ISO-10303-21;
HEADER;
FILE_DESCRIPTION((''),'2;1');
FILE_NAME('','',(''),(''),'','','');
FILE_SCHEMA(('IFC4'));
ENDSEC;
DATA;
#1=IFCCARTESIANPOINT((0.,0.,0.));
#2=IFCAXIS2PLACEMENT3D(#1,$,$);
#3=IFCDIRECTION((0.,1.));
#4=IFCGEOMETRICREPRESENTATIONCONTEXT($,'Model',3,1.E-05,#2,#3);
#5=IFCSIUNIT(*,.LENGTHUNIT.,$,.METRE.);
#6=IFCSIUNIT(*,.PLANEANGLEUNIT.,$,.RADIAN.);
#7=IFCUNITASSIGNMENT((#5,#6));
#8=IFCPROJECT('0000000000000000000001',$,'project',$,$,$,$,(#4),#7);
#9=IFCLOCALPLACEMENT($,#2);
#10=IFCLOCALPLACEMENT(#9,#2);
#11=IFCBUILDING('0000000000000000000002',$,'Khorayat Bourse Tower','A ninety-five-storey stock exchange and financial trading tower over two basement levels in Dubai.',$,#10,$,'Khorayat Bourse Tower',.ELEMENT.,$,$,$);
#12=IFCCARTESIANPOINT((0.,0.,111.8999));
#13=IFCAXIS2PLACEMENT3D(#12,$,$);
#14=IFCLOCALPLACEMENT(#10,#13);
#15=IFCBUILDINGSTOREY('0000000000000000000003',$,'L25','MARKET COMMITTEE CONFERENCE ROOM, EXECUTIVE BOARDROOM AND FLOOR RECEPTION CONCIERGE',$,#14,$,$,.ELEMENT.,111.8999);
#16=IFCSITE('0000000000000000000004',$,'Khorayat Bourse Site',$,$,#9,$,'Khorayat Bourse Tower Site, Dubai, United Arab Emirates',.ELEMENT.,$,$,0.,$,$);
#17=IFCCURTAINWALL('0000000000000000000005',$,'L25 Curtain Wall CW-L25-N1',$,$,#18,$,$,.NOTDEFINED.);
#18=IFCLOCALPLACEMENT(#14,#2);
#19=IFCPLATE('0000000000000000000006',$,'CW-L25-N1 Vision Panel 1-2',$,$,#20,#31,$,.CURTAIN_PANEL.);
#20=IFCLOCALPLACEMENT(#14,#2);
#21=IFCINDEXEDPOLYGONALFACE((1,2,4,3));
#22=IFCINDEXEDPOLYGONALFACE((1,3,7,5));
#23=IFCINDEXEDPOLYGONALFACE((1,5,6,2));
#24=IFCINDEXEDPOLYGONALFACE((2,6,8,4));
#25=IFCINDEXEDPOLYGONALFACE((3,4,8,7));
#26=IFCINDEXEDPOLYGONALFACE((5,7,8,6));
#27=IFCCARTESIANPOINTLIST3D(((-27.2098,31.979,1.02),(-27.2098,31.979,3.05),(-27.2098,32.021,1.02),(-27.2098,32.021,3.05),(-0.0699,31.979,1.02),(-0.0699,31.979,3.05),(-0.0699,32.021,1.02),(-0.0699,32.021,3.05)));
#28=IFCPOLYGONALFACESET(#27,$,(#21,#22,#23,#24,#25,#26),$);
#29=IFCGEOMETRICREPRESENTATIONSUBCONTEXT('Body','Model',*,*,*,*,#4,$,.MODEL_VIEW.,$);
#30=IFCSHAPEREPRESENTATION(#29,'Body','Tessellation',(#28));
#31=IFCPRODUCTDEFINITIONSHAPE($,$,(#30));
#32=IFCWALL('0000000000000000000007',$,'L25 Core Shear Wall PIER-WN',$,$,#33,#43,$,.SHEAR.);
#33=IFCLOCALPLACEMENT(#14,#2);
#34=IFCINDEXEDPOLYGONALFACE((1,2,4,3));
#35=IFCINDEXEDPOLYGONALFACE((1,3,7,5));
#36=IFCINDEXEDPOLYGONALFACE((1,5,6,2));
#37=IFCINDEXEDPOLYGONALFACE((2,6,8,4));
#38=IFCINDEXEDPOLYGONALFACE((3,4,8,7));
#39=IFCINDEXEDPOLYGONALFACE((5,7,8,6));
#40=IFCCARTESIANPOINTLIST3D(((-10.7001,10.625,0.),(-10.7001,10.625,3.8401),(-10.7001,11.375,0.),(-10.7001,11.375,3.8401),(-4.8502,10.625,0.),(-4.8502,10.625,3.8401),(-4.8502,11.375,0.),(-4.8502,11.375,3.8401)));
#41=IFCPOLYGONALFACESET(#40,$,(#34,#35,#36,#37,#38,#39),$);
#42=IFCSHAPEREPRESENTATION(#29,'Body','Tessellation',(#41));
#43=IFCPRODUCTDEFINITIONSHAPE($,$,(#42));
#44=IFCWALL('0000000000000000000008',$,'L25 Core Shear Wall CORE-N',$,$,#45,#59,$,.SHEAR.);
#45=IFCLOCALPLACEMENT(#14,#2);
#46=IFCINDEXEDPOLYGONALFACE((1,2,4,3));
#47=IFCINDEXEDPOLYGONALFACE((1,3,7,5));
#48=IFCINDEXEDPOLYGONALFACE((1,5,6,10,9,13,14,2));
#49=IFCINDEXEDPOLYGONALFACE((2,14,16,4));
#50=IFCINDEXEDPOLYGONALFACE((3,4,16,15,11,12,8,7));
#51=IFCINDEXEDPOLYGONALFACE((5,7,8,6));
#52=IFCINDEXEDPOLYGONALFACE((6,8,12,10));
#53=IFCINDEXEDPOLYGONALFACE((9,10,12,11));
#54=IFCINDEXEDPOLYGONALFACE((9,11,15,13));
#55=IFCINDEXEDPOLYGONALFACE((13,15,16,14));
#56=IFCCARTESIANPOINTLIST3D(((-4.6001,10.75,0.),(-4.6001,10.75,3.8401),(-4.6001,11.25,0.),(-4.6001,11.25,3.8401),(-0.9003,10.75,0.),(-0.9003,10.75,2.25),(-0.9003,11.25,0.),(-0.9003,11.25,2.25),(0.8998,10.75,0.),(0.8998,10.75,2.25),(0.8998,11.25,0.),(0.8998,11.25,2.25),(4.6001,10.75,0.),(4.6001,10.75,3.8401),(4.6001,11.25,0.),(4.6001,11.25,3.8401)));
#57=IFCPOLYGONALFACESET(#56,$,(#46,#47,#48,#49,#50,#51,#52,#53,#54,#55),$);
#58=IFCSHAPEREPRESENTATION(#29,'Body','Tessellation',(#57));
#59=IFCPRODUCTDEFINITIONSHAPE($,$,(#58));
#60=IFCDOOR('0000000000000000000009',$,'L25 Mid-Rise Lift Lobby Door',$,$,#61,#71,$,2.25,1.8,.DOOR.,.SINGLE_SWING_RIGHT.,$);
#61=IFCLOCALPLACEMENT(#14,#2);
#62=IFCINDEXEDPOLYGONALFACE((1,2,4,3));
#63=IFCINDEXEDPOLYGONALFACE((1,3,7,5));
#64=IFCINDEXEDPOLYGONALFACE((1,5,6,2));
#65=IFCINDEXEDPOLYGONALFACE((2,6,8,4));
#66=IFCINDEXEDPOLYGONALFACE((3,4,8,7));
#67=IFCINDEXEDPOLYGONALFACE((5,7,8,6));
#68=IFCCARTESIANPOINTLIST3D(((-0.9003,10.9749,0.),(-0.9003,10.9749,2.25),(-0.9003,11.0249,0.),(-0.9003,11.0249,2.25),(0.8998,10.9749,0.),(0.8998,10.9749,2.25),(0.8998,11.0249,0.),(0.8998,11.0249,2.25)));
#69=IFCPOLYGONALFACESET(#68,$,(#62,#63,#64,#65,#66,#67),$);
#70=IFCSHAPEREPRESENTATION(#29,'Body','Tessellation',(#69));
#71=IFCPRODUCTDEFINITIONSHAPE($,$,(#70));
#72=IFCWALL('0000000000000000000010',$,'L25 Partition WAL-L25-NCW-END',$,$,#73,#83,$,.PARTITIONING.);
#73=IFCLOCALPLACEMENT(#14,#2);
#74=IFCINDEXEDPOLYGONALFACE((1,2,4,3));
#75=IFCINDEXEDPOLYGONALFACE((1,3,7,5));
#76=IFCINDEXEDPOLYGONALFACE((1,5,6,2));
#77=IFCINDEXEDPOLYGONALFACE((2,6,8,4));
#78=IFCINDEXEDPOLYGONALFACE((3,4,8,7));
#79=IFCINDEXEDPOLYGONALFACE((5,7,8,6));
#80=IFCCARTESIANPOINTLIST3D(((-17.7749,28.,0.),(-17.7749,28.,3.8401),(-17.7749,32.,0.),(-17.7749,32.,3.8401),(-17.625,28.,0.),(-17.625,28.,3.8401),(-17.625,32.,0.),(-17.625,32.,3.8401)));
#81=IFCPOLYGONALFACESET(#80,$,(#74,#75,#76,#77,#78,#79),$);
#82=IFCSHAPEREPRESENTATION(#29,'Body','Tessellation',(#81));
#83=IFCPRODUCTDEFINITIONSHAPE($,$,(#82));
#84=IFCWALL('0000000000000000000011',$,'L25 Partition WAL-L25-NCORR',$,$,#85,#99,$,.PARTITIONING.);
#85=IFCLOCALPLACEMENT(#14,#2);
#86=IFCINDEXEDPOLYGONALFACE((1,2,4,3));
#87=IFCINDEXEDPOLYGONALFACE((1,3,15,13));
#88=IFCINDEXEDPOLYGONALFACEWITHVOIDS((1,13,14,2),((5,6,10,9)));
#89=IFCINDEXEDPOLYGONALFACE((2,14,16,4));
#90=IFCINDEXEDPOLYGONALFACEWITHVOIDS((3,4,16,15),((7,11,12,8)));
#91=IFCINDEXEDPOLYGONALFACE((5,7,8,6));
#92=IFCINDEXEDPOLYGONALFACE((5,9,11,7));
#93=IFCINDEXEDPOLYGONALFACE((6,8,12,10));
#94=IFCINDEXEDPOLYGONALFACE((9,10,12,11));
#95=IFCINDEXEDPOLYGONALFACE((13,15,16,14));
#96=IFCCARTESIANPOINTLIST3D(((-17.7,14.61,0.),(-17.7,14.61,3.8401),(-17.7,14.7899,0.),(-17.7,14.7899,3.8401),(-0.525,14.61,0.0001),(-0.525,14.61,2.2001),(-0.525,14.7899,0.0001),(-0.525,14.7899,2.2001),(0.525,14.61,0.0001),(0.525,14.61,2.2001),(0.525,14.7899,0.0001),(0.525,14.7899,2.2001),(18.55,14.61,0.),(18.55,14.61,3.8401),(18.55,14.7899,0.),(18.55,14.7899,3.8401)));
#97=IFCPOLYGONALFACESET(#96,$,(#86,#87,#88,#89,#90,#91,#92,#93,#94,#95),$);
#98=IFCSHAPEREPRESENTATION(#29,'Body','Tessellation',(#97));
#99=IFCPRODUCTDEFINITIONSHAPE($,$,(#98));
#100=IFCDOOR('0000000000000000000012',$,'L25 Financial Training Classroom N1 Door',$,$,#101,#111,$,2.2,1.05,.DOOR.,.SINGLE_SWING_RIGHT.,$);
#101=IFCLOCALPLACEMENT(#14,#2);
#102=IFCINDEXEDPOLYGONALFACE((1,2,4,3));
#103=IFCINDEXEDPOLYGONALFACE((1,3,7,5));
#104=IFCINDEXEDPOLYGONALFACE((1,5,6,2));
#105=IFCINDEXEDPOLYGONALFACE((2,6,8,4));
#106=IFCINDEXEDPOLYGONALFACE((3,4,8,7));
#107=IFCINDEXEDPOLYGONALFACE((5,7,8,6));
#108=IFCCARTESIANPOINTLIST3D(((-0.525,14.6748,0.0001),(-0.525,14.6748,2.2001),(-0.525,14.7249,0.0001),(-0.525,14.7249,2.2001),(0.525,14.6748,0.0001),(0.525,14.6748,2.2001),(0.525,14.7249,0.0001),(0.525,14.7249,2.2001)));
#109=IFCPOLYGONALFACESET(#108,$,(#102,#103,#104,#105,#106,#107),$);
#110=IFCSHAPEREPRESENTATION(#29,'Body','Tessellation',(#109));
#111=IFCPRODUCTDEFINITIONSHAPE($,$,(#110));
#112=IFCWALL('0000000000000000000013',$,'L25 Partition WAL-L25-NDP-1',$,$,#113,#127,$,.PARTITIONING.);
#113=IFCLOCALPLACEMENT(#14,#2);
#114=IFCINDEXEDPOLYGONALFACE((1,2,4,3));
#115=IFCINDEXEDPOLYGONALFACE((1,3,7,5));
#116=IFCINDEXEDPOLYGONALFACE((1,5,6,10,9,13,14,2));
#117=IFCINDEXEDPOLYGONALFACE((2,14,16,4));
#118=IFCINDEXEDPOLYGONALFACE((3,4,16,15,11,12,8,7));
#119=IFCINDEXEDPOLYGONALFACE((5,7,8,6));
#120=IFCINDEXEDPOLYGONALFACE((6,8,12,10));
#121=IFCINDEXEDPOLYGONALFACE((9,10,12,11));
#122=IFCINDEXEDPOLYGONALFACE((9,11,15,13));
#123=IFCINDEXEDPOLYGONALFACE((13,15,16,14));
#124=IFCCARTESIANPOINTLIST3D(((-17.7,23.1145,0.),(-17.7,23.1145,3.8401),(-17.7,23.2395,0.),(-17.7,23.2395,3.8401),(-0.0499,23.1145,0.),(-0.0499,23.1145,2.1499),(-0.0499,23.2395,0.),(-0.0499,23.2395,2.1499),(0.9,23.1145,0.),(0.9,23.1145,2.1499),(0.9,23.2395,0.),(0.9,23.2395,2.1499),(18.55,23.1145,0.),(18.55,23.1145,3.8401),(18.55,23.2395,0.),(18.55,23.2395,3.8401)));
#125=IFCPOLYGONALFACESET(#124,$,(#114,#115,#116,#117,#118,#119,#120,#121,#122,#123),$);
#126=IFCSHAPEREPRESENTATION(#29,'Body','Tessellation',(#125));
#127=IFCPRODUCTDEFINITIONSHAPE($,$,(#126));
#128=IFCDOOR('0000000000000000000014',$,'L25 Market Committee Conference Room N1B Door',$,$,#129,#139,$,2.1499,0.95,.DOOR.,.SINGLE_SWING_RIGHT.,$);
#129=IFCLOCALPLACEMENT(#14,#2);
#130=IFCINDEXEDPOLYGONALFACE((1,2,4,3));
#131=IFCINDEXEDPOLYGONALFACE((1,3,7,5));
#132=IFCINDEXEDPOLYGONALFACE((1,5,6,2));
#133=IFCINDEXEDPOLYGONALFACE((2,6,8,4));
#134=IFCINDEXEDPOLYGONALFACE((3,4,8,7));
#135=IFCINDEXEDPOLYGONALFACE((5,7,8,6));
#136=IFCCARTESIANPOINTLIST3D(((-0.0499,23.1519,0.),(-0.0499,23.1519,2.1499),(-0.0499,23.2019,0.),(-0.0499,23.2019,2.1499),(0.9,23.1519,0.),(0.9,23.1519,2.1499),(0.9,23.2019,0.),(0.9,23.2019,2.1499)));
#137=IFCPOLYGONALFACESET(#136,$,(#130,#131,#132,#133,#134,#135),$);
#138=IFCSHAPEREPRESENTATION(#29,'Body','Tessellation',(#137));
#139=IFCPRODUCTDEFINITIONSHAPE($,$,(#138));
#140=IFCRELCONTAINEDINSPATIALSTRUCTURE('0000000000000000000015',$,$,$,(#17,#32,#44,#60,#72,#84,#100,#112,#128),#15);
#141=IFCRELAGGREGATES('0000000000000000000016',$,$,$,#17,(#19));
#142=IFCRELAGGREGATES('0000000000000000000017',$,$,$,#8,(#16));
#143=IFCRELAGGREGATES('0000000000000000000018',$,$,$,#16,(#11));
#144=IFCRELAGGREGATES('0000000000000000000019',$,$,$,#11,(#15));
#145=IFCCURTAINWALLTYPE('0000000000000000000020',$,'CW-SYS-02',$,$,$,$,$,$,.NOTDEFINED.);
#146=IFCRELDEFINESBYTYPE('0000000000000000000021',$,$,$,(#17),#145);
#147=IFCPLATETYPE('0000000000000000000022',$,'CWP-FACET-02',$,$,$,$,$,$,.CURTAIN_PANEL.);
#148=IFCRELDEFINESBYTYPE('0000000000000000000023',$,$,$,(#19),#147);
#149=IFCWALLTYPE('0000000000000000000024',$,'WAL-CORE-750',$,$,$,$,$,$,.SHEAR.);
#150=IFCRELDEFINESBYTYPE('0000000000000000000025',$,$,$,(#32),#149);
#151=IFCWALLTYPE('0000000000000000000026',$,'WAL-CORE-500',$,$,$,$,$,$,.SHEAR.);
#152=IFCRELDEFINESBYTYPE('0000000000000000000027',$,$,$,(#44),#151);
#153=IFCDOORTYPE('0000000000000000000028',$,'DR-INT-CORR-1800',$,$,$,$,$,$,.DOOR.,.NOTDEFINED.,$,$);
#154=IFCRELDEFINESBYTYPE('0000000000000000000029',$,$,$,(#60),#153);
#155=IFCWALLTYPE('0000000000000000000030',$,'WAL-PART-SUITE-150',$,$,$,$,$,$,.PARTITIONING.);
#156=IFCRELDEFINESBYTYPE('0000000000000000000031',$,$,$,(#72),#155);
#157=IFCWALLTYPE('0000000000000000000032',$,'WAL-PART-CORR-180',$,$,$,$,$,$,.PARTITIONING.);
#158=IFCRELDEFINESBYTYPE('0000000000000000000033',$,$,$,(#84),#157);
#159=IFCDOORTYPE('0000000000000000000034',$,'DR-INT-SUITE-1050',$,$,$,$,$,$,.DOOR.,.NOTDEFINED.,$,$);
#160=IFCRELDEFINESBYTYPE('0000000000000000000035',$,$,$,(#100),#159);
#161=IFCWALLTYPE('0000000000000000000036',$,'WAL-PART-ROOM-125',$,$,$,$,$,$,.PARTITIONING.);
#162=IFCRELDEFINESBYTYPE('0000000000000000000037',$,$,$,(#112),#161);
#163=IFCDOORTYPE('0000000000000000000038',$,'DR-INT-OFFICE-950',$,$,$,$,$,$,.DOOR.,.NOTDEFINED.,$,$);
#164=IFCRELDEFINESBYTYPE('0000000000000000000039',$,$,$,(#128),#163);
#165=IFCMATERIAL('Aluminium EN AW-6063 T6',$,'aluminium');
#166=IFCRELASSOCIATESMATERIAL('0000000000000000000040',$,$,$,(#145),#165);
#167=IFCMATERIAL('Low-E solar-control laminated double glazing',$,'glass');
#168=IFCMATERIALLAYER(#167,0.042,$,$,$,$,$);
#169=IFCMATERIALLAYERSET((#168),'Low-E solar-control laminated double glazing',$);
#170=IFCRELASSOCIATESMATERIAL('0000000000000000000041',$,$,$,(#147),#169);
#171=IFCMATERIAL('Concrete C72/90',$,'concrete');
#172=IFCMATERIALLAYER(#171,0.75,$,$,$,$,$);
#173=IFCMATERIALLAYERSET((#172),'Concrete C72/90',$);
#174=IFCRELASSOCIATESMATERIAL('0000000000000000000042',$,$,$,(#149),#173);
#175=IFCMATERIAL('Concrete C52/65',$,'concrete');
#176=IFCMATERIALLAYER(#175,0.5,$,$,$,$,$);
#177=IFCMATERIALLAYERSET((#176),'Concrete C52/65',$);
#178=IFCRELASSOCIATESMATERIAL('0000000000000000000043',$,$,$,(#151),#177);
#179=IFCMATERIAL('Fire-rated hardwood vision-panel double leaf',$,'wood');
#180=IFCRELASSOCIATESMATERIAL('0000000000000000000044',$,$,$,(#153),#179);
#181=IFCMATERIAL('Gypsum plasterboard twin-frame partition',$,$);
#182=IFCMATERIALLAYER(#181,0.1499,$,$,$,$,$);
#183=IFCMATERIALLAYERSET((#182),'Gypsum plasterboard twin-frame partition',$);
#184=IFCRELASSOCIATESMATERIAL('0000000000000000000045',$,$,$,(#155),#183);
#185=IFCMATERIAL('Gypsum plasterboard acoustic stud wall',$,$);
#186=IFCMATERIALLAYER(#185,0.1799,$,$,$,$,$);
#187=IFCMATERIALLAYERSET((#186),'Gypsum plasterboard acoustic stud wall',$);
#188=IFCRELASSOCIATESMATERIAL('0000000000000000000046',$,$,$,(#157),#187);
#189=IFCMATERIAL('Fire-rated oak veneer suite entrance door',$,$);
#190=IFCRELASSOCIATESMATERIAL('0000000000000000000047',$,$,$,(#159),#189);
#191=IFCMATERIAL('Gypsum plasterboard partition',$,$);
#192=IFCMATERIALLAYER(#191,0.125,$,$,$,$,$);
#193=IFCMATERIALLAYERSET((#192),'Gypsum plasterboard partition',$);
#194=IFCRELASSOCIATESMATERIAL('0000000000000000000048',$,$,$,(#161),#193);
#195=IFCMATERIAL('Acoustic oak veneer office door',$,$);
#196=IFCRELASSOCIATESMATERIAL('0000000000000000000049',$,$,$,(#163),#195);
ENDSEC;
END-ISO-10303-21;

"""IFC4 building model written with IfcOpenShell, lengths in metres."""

from ifc_helpers import new_model, si_unit, direction, frame, frame_2d, origin, origin_2d, place, context, subcontext, project, spatial, rectangle, extrude, source, transform, mapped, material, layer, layer_set, type_object, element, fill, aggregate, save


model = new_model("IFC4")

# Units and contexts
model_context = context("Model", 3, precision=1e-05, world=origin(), true_north=direction((0.0, 1.0)))
body_context = subcontext(model_context, "Body", "Model", "MODEL_VIEW")
ifc_project = project(units=[si_unit("LENGTHUNIT", "METRE"), si_unit("PLANEANGLEUNIT", "RADIAN")], contexts=[model_context])

# Site, building, storey
site_placement = place(None, origin())
site = spatial("IfcSite", under=ifc_project, at=site_placement, Name="Khorayat Bourse Site", LongName="Khorayat Bourse Tower Site, Dubai, United Arab Emirates", CompositionType="ELEMENT", RefElevation=0.0)
building_placement = place(site_placement, origin())
building = spatial("IfcBuilding", under=site, at=building_placement, Name="Khorayat Bourse Tower", Description="A ninety-five-storey stock exchange and financial trading tower over two basement levels in Dubai.", LongName="Khorayat Bourse Tower", CompositionType="ELEMENT")
storey_placement = place(building_placement, frame((0.0, 0.0, 111.8999)))
storey = spatial("IfcBuildingStorey", under=building, at=storey_placement, Name="L25", Description="MARKET COMMITTEE CONFERENCE ROOM, EXECUTIVE BOARDROOM AND FLOOR RECEPTION CONCIERGE", CompositionType="ELEMENT", Elevation=111.8999)

# Shared definitions
ifc_material_1 = material(Name="Concrete C72/90", Category="concrete")

# Curtain wall
ifc_material_2 = material(Name="Aluminium EN AW-6063 T6", Category="aluminium")
curtain_wall_type = type_object("IfcCurtainWallType", Name="CW-SYS-02", PredefinedType="NOTDEFINED", material=ifc_material_2)
curtain_wall_placement = place(storey_placement, origin())
curtain_wall = element("IfcCurtainWall", 1, at=curtain_wall_placement, inside=storey, type_object=curtain_wall_type, Name="L25 Curtain Wall CW-L25-N1", PredefinedType="NOTDEFINED")

# Plate
ifc_material_3 = material(Name="Low-E solar-control laminated double glazing", Category="glass")
ifc_layer_1 = layer(ifc_material_3, 0.042)
ifc_layer_set_1 = layer_set([ifc_layer_1], Name="Low-E solar-control laminated double glazing")
plate_type_1 = type_object("IfcPlateType", Name="CWP-FACET-02", PredefinedType="CURTAIN_PANEL", material=ifc_layer_set_1)
shared_shape_1 = source(origin(), body_context, "Body", "SweptSolid", [
    extrude(rectangle(XDim=27.1399, YDim=0.042, at=origin_2d()), origin(), (0.0, 0.0, 1.0), 2.03),
])
plate_1_placement = place(storey_placement, frame((-13.6399, 32.0, 1.02), z_axis=(0.0, 0.0, 1.0), x_axis=(1.0, 0.0, 0.0)))
plate_1 = element("IfcPlate", 2, at=plate_1_placement, type_object=plate_type_1, Name="CW-L25-N1 Vision Panel 1-2", PredefinedType="CURTAIN_PANEL", context=body_context, shape_type="MappedRepresentation", body=[
    mapped(shared_shape_1, transform((0.0, 0.0, 0.0), scale=1.0)),
])
aggregate(curtain_wall, [plate_1])

# Wall
ifc_layer_2 = layer(ifc_material_1, 0.75)
ifc_layer_set_2 = layer_set([ifc_layer_2], Name="Concrete C72/90")
wall_type_1 = type_object("IfcWallType", Name="WAL-CORE-750", PredefinedType="SHEAR", material=ifc_layer_set_2)
shared_shape_2 = source(origin(), body_context, "Body", "SweptSolid", [
    extrude(rectangle(XDim=5.8499, YDim=0.75, at=frame_2d((2.9248, 0.0))), origin(), (0.0, 0.0, 1.0), 3.8401),
])
wall_1_placement = place(storey_placement, frame((-10.7, 11.0, 0.0), z_axis=(0.0, 0.0, 1.0), x_axis=(1.0, 0.0, 0.0)))
element("IfcWall", 3, at=wall_1_placement, inside=storey, type_object=wall_type_1, Name="L25 Core Shear Wall PIER-WN", PredefinedType="SHEAR", context=body_context, shape_type="MappedRepresentation", body=[
    mapped(shared_shape_2, transform((0.0, 0.0, 0.0), scale=1.0)),
])

# Wall, opening, door
ifc_material_4 = material(Name="Concrete C52/65", Category="concrete")
ifc_layer_3 = layer(ifc_material_4, 0.5)
ifc_layer_set_3 = layer_set([ifc_layer_3], Name="Concrete C52/65")
wall_type_2 = type_object("IfcWallType", Name="WAL-CORE-500", PredefinedType="SHEAR", material=ifc_layer_set_3)
shared_shape_3 = source(origin(), body_context, "Body", "SweptSolid", [
    extrude(rectangle(XDim=9.2002, YDim=0.5, at=frame_2d((4.6001, 0.0))), origin(), (0.0, 0.0, 1.0), 3.8401),
])
wall_2_placement = place(storey_placement, frame((-4.6001, 11.0, 0.0), z_axis=(0.0, 0.0, 1.0), x_axis=(1.0, 0.0, 0.0)))
wall_2 = element("IfcWall", 4, at=wall_2_placement, inside=storey, type_object=wall_type_2, Name="L25 Core Shear Wall CORE-N", PredefinedType="SHEAR", context=body_context, shape_type="MappedRepresentation", body=[
    mapped(shared_shape_3, transform((0.0, 0.0, 0.0), scale=1.0)),
])
shared_shape_4 = source(origin(), body_context, "Body", "SweptSolid", [
    extrude(rectangle(XDim=1.8, YDim=2.25, at=frame_2d((0.8999, 1.125))), frame((0.0, 0.26, 0.0), z_axis=(0.0, -1.0, 0.0), x_axis=(1.0, 0.0, 0.0)), (0.0, 0.0, 1.0), 0.52),
])
opening_1_placement = place(wall_2_placement, frame((3.7, 0.0, 0.0)))
opening_1 = element("IfcOpeningElement", 5, at=opening_1_placement, cuts=wall_2, PredefinedType="OPENING", context=body_context, shape_type="MappedRepresentation", body=[
    mapped(shared_shape_4, transform((0.0, 0.0, 0.0), scale=1.0)),
])
ifc_material_5 = material(Name="Fire-rated hardwood vision-panel double leaf", Category="wood")
door_type_1 = type_object("IfcDoorType", Name="DR-INT-CORR-1800", OperationType="NOTDEFINED", PredefinedType="DOOR", material=ifc_material_5)
shared_shape_5 = source(origin(), body_context, "Body", "SweptSolid", [
    extrude(rectangle(XDim=1.8, YDim=2.25, at=frame_2d((0.8999, 1.125))), frame((0.0, 0.0249, 0.0), z_axis=(0.0, -1.0, 0.0), x_axis=(1.0, 0.0, 0.0)), (0.0, 0.0, 1.0), 0.05),
])
door_1_placement = place(opening_1_placement, origin())
door_1 = element("IfcDoor", 6, at=door_1_placement, inside=storey, type_object=door_type_1, Name="L25 Mid-Rise Lift Lobby Door", OperationType="SINGLE_SWING_RIGHT", OverallHeight=2.25, OverallWidth=1.8, PredefinedType="DOOR", context=body_context, shape_type="MappedRepresentation", body=[
    mapped(shared_shape_5, transform((0.0, 0.0, 0.0), scale=1.0)),
])
fill(opening_1, door_1)

# Wall
ifc_material_6 = material(Name="Gypsum plasterboard twin-frame partition")
ifc_layer_4 = layer(ifc_material_6, 0.1499)
ifc_layer_set_4 = layer_set([ifc_layer_4], Name="Gypsum plasterboard twin-frame partition")
wall_type_3 = type_object("IfcWallType", Name="WAL-PART-SUITE-150", PredefinedType="PARTITIONING", material=ifc_layer_set_4)
shared_shape_6 = source(origin(), body_context, "Body", "SweptSolid", [
    extrude(rectangle(XDim=4.0, YDim=0.1499, at=frame_2d((2.0, 0.0))), origin(), (0.0, 0.0, 1.0), 3.8401),
])
wall_3_placement = place(storey_placement, frame((-17.7, 28.0, 0.0), z_axis=(0.0, 0.0, 1.0), x_axis=(0.0, 1.0, 0.0)))
element("IfcWall", 7, at=wall_3_placement, inside=storey, type_object=wall_type_3, Name="L25 Partition WAL-L25-NCW-END", PredefinedType="PARTITIONING", context=body_context, shape_type="MappedRepresentation", body=[
    mapped(shared_shape_6, transform((0.0, 0.0, 0.0), scale=1.0)),
])

# Walls, openings, doors
ifc_material_7 = material(Name="Gypsum plasterboard acoustic stud wall")
ifc_layer_5 = layer(ifc_material_7, 0.1799)
ifc_layer_set_5 = layer_set([ifc_layer_5], Name="Gypsum plasterboard acoustic stud wall")
wall_type_4 = type_object("IfcWallType", Name="WAL-PART-CORR-180", PredefinedType="PARTITIONING", material=ifc_layer_set_5)
shared_shape_7 = source(origin(), body_context, "Body", "SweptSolid", [
    extrude(rectangle(XDim=36.25, YDim=0.1799, at=frame_2d((18.125, 0.0))), origin(), (0.0, 0.0, 1.0), 3.8401),
])
wall_4_placement = place(storey_placement, frame((-17.7, 14.7, 0.0), z_axis=(0.0, 0.0, 1.0), x_axis=(1.0, 0.0, 0.0)))
wall_4 = element("IfcWall", 8, at=wall_4_placement, inside=storey, type_object=wall_type_4, Name="L25 Partition WAL-L25-NCORR", PredefinedType="PARTITIONING", context=body_context, shape_type="MappedRepresentation", body=[
    mapped(shared_shape_7, transform((0.0, 0.0, 0.0), scale=1.0)),
])
shared_shape_8 = source(origin(), body_context, "Body", "SweptSolid", [
    extrude(rectangle(XDim=1.05, YDim=2.2, at=frame_2d((0.5249, 1.1001))), frame((0.0, 0.0999, 0.0), z_axis=(0.0, -1.0, 0.0), x_axis=(1.0, 0.0, 0.0)), (0.0, 0.0, 1.0), 0.2),
])
opening_2_placement = place(wall_4_placement, frame((17.175, 0.0, 0.0)))
opening_2 = element("IfcOpeningElement", 9, at=opening_2_placement, cuts=wall_4, PredefinedType="OPENING", context=body_context, shape_type="MappedRepresentation", body=[
    mapped(shared_shape_8, transform((0.0, 0.0, 0.0), scale=1.0)),
])
ifc_material_8 = material(Name="Fire-rated oak veneer suite entrance door")
door_type_2 = type_object("IfcDoorType", Name="DR-INT-SUITE-1050", OperationType="NOTDEFINED", PredefinedType="DOOR", material=ifc_material_8)
shared_shape_9 = source(origin(), body_context, "Body", "SweptSolid", [
    extrude(rectangle(XDim=1.05, YDim=2.2, at=frame_2d((0.5249, 1.1001))), frame((0.0, 0.0249, 0.0), z_axis=(0.0, -1.0, 0.0), x_axis=(1.0, 0.0, 0.0)), (0.0, 0.0, 1.0), 0.05),
])
door_2_placement = place(opening_2_placement, origin())
door_2 = element("IfcDoor", 10, at=door_2_placement, inside=storey, type_object=door_type_2, Name="L25 Financial Training Classroom N1 Door", OperationType="SINGLE_SWING_RIGHT", OverallHeight=2.2, OverallWidth=1.05, PredefinedType="DOOR", context=body_context, shape_type="MappedRepresentation", body=[
    mapped(shared_shape_9, transform((0.0, 0.0, 0.0), scale=1.0)),
])
fill(opening_2, door_2)
ifc_material_9 = material(Name="Gypsum plasterboard partition")
ifc_layer_6 = layer(ifc_material_9, 0.125)
ifc_layer_set_6 = layer_set([ifc_layer_6], Name="Gypsum plasterboard partition")
wall_type_5 = type_object("IfcWallType", Name="WAL-PART-ROOM-125", PredefinedType="PARTITIONING", material=ifc_layer_set_6)
shared_shape_10 = source(origin(), body_context, "Body", "SweptSolid", [
    extrude(rectangle(XDim=36.25, YDim=0.125, at=frame_2d((18.125, 0.0))), origin(), (0.0, 0.0, 1.0), 3.8401),
])
wall_5_placement = place(storey_placement, frame((-17.7, 23.177, 0.0), z_axis=(0.0, 0.0, 1.0), x_axis=(1.0, 0.0, 0.0)))
wall_5 = element("IfcWall", 11, at=wall_5_placement, inside=storey, type_object=wall_type_5, Name="L25 Partition WAL-L25-NDP-1", PredefinedType="PARTITIONING", context=body_context, shape_type="MappedRepresentation", body=[
    mapped(shared_shape_10, transform((0.0, 0.0, 0.0), scale=1.0)),
])
shared_shape_11 = source(origin(), body_context, "Body", "SweptSolid", [
    extrude(rectangle(XDim=0.95, YDim=2.1499, at=frame_2d((0.4751, 1.075))), frame((0.0, 0.0725, 0.0), z_axis=(0.0, -1.0, 0.0), x_axis=(1.0, 0.0, 0.0)), (0.0, 0.0, 1.0), 0.145),
])
opening_3_placement = place(wall_5_placement, frame((17.6499, 0.0, 0.0)))
opening_3 = element("IfcOpeningElement", 12, at=opening_3_placement, cuts=wall_5, PredefinedType="OPENING", context=body_context, shape_type="MappedRepresentation", body=[
    mapped(shared_shape_11, transform((0.0, 0.0, 0.0), scale=1.0)),
])
ifc_material_10 = material(Name="Acoustic oak veneer office door")
door_type_3 = type_object("IfcDoorType", Name="DR-INT-OFFICE-950", OperationType="NOTDEFINED", PredefinedType="DOOR", material=ifc_material_10)
shared_shape_12 = source(origin(), body_context, "Body", "SweptSolid", [
    extrude(rectangle(XDim=0.95, YDim=2.1499, at=frame_2d((0.4751, 1.075))), frame((0.0, 0.0249, 0.0), z_axis=(0.0, -1.0, 0.0), x_axis=(1.0, 0.0, 0.0)), (0.0, 0.0, 1.0), 0.05),
])
door_3_placement = place(opening_3_placement, origin())
door_3 = element("IfcDoor", 13, at=door_3_placement, inside=storey, type_object=door_type_3, Name="L25 Market Committee Conference Room N1B Door", OperationType="SINGLE_SWING_RIGHT", OverallHeight=2.1499, OverallWidth=0.95, PredefinedType="DOOR", context=body_context, shape_type="MappedRepresentation", body=[
    mapped(shared_shape_12, transform((0.0, 0.0, 0.0), scale=1.0)),
])
fill(opening_3, door_3)

save(model, "model.ifc")
